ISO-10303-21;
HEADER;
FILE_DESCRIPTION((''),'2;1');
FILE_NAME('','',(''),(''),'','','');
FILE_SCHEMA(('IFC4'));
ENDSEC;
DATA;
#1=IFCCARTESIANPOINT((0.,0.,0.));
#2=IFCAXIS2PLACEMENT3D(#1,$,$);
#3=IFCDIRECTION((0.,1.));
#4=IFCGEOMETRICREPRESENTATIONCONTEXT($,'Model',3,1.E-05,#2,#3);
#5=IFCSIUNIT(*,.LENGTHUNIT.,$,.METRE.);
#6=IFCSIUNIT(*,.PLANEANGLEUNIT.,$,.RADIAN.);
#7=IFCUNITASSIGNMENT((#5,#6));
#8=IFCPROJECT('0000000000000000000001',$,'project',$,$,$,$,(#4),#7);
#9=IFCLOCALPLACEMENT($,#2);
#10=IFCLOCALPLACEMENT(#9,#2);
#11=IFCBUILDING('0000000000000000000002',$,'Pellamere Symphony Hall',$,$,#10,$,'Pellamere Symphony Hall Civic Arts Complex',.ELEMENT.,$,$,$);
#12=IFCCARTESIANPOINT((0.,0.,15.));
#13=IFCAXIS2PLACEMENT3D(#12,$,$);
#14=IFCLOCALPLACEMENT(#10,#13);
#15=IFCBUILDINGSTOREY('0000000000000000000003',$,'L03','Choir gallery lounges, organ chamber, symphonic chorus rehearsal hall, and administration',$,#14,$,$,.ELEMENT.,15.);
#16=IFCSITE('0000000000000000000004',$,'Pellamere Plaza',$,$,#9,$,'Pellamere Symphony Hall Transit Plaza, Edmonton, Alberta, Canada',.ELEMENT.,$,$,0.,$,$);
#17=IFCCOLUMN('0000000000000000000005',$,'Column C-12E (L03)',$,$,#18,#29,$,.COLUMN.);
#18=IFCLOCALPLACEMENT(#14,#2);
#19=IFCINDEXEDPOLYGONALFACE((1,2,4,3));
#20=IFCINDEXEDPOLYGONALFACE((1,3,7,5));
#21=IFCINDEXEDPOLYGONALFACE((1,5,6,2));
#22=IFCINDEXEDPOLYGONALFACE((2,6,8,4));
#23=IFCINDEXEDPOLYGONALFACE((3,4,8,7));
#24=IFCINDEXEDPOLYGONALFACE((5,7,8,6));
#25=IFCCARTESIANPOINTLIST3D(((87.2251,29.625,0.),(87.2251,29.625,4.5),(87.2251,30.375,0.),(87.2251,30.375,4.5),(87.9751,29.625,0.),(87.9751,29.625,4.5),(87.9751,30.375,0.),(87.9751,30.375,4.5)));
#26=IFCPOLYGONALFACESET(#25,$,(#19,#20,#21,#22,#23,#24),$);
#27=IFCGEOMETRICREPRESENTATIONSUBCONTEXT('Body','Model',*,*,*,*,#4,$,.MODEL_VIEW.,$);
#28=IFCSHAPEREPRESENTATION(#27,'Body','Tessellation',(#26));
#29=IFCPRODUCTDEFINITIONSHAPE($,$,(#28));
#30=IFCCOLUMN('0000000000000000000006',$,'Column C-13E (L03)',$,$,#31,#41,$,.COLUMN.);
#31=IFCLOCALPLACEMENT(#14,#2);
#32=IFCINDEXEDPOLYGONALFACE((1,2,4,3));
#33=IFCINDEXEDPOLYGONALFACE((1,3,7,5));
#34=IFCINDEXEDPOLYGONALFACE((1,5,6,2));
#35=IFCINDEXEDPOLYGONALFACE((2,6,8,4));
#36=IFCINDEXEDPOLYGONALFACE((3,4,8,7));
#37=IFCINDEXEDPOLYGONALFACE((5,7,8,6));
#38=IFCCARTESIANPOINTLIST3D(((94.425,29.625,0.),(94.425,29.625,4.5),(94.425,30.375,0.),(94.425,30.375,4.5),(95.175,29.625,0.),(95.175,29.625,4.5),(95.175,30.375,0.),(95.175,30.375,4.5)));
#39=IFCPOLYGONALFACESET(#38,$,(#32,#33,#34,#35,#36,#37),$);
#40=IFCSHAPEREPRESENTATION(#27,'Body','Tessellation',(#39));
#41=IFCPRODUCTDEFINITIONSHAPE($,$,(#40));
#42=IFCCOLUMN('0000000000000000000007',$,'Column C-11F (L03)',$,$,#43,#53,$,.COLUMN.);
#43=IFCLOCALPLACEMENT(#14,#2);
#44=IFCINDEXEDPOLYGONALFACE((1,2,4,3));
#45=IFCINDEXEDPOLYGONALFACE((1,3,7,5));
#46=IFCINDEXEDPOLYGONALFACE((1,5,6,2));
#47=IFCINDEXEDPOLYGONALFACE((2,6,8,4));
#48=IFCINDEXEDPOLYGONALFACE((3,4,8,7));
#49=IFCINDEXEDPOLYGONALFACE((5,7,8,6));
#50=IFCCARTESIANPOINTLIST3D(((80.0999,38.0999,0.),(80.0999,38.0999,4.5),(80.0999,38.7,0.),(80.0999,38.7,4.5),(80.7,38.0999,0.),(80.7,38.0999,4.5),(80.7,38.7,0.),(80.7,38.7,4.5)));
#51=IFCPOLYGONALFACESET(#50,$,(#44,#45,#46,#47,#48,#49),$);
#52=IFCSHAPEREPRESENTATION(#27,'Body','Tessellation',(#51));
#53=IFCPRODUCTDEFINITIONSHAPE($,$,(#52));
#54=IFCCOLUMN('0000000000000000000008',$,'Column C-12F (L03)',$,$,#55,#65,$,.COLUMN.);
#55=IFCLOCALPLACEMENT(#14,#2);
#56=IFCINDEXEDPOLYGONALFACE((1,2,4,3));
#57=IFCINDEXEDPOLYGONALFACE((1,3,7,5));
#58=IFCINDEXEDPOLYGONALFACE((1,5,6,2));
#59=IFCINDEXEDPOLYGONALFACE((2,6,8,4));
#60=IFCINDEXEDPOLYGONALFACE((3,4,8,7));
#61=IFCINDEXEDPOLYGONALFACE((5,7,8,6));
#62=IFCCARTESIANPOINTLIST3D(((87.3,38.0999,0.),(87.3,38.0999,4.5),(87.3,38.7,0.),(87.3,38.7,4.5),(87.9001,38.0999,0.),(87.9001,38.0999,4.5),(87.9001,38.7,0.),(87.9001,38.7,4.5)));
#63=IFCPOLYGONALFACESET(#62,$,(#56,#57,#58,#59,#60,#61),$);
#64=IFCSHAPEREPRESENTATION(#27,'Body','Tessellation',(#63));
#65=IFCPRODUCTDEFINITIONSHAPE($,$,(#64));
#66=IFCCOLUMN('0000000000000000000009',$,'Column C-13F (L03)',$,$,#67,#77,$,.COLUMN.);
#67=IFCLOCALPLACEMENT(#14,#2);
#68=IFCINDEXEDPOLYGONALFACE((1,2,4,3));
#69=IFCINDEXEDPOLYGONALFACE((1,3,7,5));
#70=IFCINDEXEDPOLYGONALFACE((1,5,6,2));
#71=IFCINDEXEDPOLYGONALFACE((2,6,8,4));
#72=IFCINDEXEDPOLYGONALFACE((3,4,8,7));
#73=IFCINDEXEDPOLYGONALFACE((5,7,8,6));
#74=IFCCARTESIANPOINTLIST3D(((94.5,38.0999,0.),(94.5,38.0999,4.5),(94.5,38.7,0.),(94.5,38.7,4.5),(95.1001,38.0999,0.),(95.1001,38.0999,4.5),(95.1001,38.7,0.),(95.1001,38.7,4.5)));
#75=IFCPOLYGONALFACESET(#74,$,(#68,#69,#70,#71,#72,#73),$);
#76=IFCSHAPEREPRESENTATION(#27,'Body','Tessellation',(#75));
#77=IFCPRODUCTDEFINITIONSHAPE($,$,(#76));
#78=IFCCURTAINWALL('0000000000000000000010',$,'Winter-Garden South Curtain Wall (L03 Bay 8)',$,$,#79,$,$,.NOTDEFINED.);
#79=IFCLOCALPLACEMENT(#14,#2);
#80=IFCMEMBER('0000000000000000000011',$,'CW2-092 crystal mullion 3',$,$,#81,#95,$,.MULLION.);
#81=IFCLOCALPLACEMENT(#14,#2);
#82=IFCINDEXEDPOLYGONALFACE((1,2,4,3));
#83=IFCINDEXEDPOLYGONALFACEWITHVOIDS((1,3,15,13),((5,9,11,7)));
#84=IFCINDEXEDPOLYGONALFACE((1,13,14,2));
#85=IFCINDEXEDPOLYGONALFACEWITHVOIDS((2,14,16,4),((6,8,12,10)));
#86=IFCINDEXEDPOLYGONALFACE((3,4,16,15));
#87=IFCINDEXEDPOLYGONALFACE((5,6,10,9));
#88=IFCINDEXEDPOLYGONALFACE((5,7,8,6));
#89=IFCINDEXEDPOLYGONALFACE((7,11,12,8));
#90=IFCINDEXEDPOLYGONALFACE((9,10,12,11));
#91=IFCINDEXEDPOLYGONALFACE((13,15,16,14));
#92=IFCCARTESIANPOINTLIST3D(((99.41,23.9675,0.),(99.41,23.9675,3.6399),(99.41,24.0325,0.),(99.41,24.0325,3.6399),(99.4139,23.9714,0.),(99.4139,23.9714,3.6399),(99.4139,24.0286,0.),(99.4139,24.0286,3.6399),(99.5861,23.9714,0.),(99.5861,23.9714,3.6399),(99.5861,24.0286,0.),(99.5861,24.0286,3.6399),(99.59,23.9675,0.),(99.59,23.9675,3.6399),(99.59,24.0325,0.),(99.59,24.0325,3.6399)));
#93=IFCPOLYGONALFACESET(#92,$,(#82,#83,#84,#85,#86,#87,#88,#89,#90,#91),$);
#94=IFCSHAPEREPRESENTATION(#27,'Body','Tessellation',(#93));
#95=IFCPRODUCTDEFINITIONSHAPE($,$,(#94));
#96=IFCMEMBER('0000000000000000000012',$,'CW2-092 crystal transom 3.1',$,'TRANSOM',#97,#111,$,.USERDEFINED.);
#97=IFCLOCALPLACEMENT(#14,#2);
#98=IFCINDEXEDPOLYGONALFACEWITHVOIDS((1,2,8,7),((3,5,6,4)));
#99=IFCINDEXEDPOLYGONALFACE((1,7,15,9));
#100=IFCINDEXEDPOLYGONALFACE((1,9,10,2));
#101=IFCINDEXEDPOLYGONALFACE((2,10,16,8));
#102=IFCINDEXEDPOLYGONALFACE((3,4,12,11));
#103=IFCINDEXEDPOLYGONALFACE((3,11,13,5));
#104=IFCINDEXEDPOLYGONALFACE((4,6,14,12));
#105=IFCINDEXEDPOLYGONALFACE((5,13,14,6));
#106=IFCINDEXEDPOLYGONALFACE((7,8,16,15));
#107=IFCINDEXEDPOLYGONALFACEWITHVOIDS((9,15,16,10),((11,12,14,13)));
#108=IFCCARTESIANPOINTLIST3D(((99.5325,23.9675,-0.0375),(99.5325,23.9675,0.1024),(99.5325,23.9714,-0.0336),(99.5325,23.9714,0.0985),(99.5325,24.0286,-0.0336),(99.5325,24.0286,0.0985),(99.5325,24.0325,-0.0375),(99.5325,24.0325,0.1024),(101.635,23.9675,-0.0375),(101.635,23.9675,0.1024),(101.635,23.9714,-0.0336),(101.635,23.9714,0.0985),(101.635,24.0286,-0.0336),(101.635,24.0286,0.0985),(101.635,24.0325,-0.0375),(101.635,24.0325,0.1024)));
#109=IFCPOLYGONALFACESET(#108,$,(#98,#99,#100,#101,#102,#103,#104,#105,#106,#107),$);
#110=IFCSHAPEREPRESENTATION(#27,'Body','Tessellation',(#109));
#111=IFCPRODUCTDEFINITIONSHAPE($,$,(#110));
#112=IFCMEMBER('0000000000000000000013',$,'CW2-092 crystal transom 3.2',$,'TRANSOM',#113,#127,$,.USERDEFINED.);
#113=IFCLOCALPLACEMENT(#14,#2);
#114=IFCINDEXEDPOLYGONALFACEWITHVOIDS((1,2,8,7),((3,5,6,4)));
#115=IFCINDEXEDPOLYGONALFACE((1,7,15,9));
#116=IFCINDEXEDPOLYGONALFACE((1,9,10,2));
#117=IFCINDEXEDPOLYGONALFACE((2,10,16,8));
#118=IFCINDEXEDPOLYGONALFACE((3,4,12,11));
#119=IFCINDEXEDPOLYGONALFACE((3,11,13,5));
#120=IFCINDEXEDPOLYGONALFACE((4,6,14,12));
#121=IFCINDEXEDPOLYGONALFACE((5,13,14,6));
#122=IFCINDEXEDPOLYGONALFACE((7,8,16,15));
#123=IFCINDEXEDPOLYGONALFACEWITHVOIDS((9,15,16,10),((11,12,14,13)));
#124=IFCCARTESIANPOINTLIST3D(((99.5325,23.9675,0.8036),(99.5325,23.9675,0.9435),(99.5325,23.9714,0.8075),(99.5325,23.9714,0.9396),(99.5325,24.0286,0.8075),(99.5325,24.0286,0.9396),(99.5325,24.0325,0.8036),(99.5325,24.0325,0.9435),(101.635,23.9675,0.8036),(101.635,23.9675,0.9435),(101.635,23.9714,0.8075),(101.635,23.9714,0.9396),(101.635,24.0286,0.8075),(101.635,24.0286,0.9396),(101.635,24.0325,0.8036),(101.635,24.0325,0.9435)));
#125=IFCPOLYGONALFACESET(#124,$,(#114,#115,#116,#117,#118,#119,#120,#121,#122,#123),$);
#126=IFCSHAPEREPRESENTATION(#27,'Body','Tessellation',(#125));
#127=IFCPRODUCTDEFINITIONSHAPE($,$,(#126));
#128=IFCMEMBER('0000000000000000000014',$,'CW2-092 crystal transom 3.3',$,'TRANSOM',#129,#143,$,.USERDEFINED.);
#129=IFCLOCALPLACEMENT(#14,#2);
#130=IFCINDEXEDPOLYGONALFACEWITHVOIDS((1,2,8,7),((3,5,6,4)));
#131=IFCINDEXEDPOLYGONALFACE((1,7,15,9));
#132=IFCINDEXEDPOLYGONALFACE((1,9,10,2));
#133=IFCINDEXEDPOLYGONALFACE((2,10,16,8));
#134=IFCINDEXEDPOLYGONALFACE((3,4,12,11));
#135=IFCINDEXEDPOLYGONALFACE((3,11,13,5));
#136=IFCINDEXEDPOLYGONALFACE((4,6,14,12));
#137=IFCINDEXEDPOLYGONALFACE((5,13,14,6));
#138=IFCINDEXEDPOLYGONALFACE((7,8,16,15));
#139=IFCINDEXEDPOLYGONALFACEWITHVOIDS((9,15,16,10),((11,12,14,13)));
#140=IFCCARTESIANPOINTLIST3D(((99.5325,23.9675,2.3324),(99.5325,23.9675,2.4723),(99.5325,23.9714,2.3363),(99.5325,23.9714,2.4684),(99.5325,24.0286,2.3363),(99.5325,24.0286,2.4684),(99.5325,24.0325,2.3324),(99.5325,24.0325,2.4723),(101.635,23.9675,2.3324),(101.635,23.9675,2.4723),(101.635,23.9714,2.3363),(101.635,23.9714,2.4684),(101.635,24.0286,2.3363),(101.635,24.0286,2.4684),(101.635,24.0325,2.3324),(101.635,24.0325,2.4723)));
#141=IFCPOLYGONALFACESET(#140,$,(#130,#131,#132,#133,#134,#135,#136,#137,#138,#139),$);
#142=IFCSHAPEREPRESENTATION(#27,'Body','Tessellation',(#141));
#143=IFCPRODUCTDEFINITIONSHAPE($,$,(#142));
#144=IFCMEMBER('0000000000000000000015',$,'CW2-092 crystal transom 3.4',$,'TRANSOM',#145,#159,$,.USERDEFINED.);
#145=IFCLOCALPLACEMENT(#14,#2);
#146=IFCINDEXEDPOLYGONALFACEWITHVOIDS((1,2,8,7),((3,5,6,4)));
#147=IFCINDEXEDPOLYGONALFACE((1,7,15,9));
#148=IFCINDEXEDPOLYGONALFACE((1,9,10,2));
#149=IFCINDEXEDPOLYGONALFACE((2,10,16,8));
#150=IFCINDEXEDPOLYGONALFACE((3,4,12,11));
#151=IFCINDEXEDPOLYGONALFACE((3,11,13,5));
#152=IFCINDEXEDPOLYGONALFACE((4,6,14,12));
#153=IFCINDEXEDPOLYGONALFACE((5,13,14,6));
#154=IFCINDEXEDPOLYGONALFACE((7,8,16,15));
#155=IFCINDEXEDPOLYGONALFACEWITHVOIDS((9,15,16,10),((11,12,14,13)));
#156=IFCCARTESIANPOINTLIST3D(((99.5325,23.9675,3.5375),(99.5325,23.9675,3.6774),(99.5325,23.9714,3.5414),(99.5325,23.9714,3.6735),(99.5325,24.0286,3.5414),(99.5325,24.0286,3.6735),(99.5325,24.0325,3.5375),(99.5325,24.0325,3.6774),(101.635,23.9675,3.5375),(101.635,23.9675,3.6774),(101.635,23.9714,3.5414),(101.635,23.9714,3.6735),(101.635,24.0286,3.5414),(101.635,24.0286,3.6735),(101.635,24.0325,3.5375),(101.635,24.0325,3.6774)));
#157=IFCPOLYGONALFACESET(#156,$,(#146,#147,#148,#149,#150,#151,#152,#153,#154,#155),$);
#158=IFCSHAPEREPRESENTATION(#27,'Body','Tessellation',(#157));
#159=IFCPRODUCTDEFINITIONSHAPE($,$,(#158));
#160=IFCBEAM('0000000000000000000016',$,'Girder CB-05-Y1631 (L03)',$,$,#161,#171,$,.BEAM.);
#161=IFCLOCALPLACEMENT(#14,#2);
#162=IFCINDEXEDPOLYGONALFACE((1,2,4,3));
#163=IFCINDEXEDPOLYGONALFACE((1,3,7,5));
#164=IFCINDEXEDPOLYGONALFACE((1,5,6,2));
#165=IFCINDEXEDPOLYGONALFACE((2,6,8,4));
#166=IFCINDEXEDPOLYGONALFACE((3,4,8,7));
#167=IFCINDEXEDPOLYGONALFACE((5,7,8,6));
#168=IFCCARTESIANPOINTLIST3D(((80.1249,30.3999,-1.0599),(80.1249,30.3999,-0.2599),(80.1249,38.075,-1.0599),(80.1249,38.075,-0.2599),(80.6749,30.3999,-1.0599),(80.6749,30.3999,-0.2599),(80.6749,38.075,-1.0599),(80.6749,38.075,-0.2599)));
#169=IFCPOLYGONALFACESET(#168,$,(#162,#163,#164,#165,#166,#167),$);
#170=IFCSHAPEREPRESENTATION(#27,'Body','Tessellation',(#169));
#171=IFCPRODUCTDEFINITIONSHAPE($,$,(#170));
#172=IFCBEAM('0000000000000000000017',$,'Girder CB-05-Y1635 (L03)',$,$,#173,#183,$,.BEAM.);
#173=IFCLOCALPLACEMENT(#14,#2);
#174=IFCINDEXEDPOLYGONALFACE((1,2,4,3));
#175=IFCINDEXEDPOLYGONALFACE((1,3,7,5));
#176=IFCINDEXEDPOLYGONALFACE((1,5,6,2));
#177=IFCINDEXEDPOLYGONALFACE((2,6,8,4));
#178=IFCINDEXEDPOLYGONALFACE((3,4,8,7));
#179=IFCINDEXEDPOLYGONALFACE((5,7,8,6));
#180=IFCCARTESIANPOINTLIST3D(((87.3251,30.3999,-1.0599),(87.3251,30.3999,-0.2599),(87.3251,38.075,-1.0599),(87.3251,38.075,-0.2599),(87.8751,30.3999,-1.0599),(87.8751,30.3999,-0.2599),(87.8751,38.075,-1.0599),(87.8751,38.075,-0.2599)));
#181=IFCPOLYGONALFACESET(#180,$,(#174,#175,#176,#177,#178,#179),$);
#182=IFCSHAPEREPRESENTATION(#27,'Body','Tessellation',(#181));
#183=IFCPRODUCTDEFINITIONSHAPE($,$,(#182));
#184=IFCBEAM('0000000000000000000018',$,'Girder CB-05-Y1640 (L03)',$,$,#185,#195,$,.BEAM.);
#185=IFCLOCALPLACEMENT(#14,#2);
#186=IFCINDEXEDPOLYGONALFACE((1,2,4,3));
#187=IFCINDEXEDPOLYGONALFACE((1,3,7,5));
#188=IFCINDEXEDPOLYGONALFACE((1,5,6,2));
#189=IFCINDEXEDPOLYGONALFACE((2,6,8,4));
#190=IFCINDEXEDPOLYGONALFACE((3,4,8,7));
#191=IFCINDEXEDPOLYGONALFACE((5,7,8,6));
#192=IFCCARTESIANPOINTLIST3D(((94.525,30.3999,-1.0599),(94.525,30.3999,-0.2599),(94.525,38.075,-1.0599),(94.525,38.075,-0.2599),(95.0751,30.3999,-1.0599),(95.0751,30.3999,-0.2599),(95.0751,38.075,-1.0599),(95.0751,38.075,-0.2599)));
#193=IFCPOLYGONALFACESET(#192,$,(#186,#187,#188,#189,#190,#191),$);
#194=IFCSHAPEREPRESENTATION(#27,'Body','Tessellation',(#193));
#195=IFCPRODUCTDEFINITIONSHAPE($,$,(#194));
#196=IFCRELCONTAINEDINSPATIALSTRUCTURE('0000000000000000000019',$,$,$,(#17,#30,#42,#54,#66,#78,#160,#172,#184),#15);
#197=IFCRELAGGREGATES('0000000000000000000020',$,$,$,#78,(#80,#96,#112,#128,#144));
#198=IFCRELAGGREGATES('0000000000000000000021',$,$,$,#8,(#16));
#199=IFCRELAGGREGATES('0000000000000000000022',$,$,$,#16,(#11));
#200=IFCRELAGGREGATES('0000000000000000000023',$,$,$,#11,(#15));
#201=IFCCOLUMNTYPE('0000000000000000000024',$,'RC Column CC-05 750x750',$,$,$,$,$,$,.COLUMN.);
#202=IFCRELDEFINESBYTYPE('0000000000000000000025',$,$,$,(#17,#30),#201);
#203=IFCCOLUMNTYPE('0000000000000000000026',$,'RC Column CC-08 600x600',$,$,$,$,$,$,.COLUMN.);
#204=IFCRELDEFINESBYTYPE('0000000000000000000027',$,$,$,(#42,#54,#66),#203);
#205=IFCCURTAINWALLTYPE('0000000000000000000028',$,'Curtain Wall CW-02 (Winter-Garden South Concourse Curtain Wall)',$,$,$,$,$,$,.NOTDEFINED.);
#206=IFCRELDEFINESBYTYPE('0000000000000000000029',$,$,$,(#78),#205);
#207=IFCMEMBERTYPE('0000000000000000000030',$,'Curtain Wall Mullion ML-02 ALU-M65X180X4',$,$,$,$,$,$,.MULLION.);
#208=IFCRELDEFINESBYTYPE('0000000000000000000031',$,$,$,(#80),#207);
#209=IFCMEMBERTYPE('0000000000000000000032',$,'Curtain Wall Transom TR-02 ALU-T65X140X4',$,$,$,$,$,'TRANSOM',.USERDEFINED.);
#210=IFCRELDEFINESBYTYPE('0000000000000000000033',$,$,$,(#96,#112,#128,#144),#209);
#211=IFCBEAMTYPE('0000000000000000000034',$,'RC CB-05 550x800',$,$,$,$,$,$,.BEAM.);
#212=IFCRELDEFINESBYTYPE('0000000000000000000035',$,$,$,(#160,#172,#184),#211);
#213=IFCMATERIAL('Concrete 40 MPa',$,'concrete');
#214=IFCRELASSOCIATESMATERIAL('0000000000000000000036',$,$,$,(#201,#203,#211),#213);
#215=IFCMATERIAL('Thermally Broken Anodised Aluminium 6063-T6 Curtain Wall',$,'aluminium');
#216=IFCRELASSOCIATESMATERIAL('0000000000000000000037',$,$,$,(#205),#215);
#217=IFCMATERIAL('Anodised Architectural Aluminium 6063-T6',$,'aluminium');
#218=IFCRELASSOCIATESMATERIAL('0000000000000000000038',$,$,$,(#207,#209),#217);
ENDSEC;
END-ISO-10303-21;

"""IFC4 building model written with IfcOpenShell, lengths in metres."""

from ifc_helpers import new_model, si_unit, direction, frame, origin, origin_2d, place, context, subcontext, project, spatial, rectangle, hollow_rectangle, extrude, material, material_profile, profile_set, type_object, element, aggregate, save


model = new_model("IFC4")

# Units and contexts
model_context = context("Model", 3, precision=1e-05, world=origin(), true_north=direction((0.0, 1.0)))
body_context = subcontext(model_context, "Body", "Model", "MODEL_VIEW")
ifc_project = project(units=[si_unit("LENGTHUNIT", "METRE"), si_unit("PLANEANGLEUNIT", "RADIAN")], contexts=[model_context])

# Site, building, storey
site_placement = place(None, origin())
site = spatial("IfcSite", under=ifc_project, at=site_placement, Name="Pellamere Plaza", LongName="Pellamere Symphony Hall Transit Plaza, Edmonton, Alberta, Canada", CompositionType="ELEMENT", RefElevation=0.0)
building_placement = place(site_placement, origin())
building = spatial("IfcBuilding", under=site, at=building_placement, Name="Pellamere Symphony Hall", LongName="Pellamere Symphony Hall Civic Arts Complex", CompositionType="ELEMENT")
storey_placement = place(building_placement, frame((0.0, 0.0, 15.0)))
storey = spatial("IfcBuildingStorey", under=building, at=storey_placement, Name="L03", Description="Choir gallery lounges, organ chamber, symphonic chorus rehearsal hall, and administration", CompositionType="ELEMENT", Elevation=15.0)

# Columns
ifc_material_1 = material(Name="Concrete 40 MPa", Category="concrete")
ifc_material_profile_1 = material_profile(ifc_material_1, rectangle(XDim=0.75, YDim=0.75, at=origin_2d()), Name="RC 750x750")
ifc_profile_set_1 = profile_set([ifc_material_profile_1], Name="Concrete 40 MPa")
column_type_1 = type_object("IfcColumnType", Name="RC Column CC-05 750x750", PredefinedType="COLUMN", material=ifc_profile_set_1)
for number, where, z_axis, x_axis, name in (
    (1, (87.6001, 30.0, 0.0), (0.0, 0.0, 1.0), (1.0, 0.0, 0.0), "Column C-12E (L03)"),
    (2, (94.8, 30.0, 0.0), (0.0, 0.0, 1.0), (1.0, 0.0, 0.0), "Column C-13E (L03)"),
):
    element("IfcColumn", number, at=place(storey_placement, frame(where, z_axis=z_axis, x_axis=x_axis)), inside=storey, type_object=column_type_1, Name=name, PredefinedType="COLUMN", context=body_context, shape_type="SweptSolid", body=[
        extrude(rectangle(XDim=0.75, YDim=0.75, at=origin_2d()), origin(), (0.0, 0.0, 1.0), 4.5),
    ])
ifc_material_profile_2 = material_profile(ifc_material_1, rectangle(XDim=0.6001, YDim=0.6001, at=origin_2d()), Name="RC 600x600")
ifc_profile_set_2 = profile_set([ifc_material_profile_2], Name="Concrete 40 MPa")
column_type_2 = type_object("IfcColumnType", Name="RC Column CC-08 600x600", PredefinedType="COLUMN", material=ifc_profile_set_2)
for number, where, z_axis, x_axis, name in (
    (3, (80.3999, 38.3999, 0.0), (0.0, 0.0, 1.0), (1.0, 0.0, 0.0), "Column C-11F (L03)"),
    (4, (87.6001, 38.3999, 0.0), (0.0, 0.0, 1.0), (1.0, 0.0, 0.0), "Column C-12F (L03)"),
    (5, (94.8, 38.3999, 0.0), (0.0, 0.0, 1.0), (1.0, 0.0, 0.0), "Column C-13F (L03)"),
):
    element("IfcColumn", number, at=place(storey_placement, frame(where, z_axis=z_axis, x_axis=x_axis)), inside=storey, type_object=column_type_2, Name=name, PredefinedType="COLUMN", context=body_context, shape_type="SweptSolid", body=[
        extrude(rectangle(XDim=0.6001, YDim=0.6001, at=origin_2d()), origin(), (0.0, 0.0, 1.0), 4.5),
    ])

# Curtain wall, members
ifc_material_2 = material(Name="Thermally Broken Anodised Aluminium 6063-T6 Curtain Wall", Category="aluminium")
curtain_wall_type = type_object("IfcCurtainWallType", Name="Curtain Wall CW-02 (Winter-Garden South Concourse Curtain Wall)", PredefinedType="NOTDEFINED", material=ifc_material_2)
curtain_wall_placement = place(storey_placement, origin())
curtain_wall = element("IfcCurtainWall", 6, at=curtain_wall_placement, inside=storey, type_object=curtain_wall_type, Name="Winter-Garden South Curtain Wall (L03 Bay 8)", PredefinedType="NOTDEFINED")
ifc_material_3 = material(Name="Anodised Architectural Aluminium 6063-T6", Category="aluminium")
ifc_material_profile_3 = material_profile(ifc_material_3, hollow_rectangle(XDim=0.0649, YDim=0.1799, WallThickness=0.0039, at=origin_2d()), Name="ALU-M65X180X4")
ifc_profile_set_3 = profile_set([ifc_material_profile_3], Name="Anodised Architectural Aluminium 6063-T6")
member_type_1 = type_object("IfcMemberType", Name="Curtain Wall Mullion ML-02 ALU-M65X180X4", PredefinedType="MULLION", material=ifc_profile_set_3)
member_1_placement = place(storey_placement, frame((99.5, 24.0, 0.0), z_axis=(0.0, 0.0, 1.0), x_axis=(0.0, 1.0, 0.0)))
member_1 = element("IfcMember", 7, at=member_1_placement, type_object=member_type_1, Name="CW2-092 crystal mullion 3", PredefinedType="MULLION", context=body_context, shape_type="SweptSolid", body=[
    extrude(hollow_rectangle(XDim=0.0649, YDim=0.1799, WallThickness=0.0039, at=origin_2d()), origin(), (0.0, 0.0, 1.0), 3.6399),
])
ifc_material_profile_4 = material_profile(ifc_material_3, hollow_rectangle(XDim=0.0649, YDim=0.1399, WallThickness=0.0039, at=origin_2d()), Name="ALU-T65X140X4")
ifc_profile_set_4 = profile_set([ifc_material_profile_4], Name="Anodised Architectural Aluminium 6063-T6")
member_type_2 = type_object("IfcMemberType", Name="Curtain Wall Transom TR-02 ALU-T65X140X4", ElementType="TRANSOM", PredefinedType="USERDEFINED", material=ifc_profile_set_4)
member_2_placement = place(storey_placement, frame((99.5325, 24.0, 0.0325), z_axis=(1.0, 0.0, 0.0), x_axis=(0.0, 1.0, 0.0)))
member_2 = element("IfcMember", 8, at=member_2_placement, type_object=member_type_2, Name="CW2-092 crystal transom 3.1", ObjectType="TRANSOM", PredefinedType="USERDEFINED", context=body_context, shape_type="SweptSolid", body=[
    extrude(hollow_rectangle(XDim=0.0649, YDim=0.1399, WallThickness=0.0039, at=origin_2d()), origin(), (0.0, 0.0, 1.0), 2.1025),
])
member_3_placement = place(storey_placement, frame((99.5325, 24.0, 0.8735), z_axis=(1.0, 0.0, 0.0), x_axis=(0.0, 1.0, 0.0)))
member_3 = element("IfcMember", 9, at=member_3_placement, type_object=member_type_2, Name="CW2-092 crystal transom 3.2", ObjectType="TRANSOM", PredefinedType="USERDEFINED", context=body_context, shape_type="SweptSolid", body=[
    extrude(hollow_rectangle(XDim=0.0649, YDim=0.1399, WallThickness=0.0039, at=origin_2d()), origin(), (0.0, 0.0, 1.0), 2.1025),
])
member_4_placement = place(storey_placement, frame((99.5325, 24.0, 2.4023), z_axis=(1.0, 0.0, 0.0), x_axis=(0.0, 1.0, 0.0)))
member_4 = element("IfcMember", 10, at=member_4_placement, type_object=member_type_2, Name="CW2-092 crystal transom 3.3", ObjectType="TRANSOM", PredefinedType="USERDEFINED", context=body_context, shape_type="SweptSolid", body=[
    extrude(hollow_rectangle(XDim=0.0649, YDim=0.1399, WallThickness=0.0039, at=origin_2d()), origin(), (0.0, 0.0, 1.0), 2.1025),
])
member_5_placement = place(storey_placement, frame((99.5325, 24.0, 3.6074), z_axis=(1.0, 0.0, 0.0), x_axis=(0.0, 1.0, 0.0)))
member_5 = element("IfcMember", 11, at=member_5_placement, type_object=member_type_2, Name="CW2-092 crystal transom 3.4", ObjectType="TRANSOM", PredefinedType="USERDEFINED", context=body_context, shape_type="SweptSolid", body=[
    extrude(hollow_rectangle(XDim=0.0649, YDim=0.1399, WallThickness=0.0039, at=origin_2d()), origin(), (0.0, 0.0, 1.0), 2.1025),
])

# Beams
ifc_material_profile_5 = material_profile(ifc_material_1, rectangle(XDim=0.55, YDim=0.8, at=origin_2d()), Name="RC 550x800")
ifc_profile_set_5 = profile_set([ifc_material_profile_5], Name="Concrete 40 MPa")
beam_type_1 = type_object("IfcBeamType", Name="RC CB-05 550x800", PredefinedType="BEAM", material=ifc_profile_set_5)
for number, where, z_axis, x_axis, name in (
    (12, (80.3999, 30.3999, -0.6599), (0.0, 1.0, 0.0), (-1.0, 0.0, 0.0), "Girder CB-05-Y1631 (L03)"),
    (13, (87.6001, 30.3999, -0.6599), (0.0, 1.0, 0.0), (-1.0, 0.0, 0.0), "Girder CB-05-Y1635 (L03)"),
    (14, (94.8, 30.3999, -0.6599), (0.0, 1.0, 0.0), (-1.0, 0.0, 0.0), "Girder CB-05-Y1640 (L03)"),
):
    element("IfcBeam", number, at=place(storey_placement, frame(where, z_axis=z_axis, x_axis=x_axis)), inside=storey, type_object=beam_type_1, Name=name, PredefinedType="BEAM", context=body_context, shape_type="SweptSolid", body=[
        extrude(rectangle(XDim=0.55, YDim=0.8, at=origin_2d()), origin(), (0.0, 0.0, 1.0), 7.675),
    ])

aggregate(curtain_wall, [member_1, member_2, member_3, member_4, member_5])

save(model, "model.ifc")
